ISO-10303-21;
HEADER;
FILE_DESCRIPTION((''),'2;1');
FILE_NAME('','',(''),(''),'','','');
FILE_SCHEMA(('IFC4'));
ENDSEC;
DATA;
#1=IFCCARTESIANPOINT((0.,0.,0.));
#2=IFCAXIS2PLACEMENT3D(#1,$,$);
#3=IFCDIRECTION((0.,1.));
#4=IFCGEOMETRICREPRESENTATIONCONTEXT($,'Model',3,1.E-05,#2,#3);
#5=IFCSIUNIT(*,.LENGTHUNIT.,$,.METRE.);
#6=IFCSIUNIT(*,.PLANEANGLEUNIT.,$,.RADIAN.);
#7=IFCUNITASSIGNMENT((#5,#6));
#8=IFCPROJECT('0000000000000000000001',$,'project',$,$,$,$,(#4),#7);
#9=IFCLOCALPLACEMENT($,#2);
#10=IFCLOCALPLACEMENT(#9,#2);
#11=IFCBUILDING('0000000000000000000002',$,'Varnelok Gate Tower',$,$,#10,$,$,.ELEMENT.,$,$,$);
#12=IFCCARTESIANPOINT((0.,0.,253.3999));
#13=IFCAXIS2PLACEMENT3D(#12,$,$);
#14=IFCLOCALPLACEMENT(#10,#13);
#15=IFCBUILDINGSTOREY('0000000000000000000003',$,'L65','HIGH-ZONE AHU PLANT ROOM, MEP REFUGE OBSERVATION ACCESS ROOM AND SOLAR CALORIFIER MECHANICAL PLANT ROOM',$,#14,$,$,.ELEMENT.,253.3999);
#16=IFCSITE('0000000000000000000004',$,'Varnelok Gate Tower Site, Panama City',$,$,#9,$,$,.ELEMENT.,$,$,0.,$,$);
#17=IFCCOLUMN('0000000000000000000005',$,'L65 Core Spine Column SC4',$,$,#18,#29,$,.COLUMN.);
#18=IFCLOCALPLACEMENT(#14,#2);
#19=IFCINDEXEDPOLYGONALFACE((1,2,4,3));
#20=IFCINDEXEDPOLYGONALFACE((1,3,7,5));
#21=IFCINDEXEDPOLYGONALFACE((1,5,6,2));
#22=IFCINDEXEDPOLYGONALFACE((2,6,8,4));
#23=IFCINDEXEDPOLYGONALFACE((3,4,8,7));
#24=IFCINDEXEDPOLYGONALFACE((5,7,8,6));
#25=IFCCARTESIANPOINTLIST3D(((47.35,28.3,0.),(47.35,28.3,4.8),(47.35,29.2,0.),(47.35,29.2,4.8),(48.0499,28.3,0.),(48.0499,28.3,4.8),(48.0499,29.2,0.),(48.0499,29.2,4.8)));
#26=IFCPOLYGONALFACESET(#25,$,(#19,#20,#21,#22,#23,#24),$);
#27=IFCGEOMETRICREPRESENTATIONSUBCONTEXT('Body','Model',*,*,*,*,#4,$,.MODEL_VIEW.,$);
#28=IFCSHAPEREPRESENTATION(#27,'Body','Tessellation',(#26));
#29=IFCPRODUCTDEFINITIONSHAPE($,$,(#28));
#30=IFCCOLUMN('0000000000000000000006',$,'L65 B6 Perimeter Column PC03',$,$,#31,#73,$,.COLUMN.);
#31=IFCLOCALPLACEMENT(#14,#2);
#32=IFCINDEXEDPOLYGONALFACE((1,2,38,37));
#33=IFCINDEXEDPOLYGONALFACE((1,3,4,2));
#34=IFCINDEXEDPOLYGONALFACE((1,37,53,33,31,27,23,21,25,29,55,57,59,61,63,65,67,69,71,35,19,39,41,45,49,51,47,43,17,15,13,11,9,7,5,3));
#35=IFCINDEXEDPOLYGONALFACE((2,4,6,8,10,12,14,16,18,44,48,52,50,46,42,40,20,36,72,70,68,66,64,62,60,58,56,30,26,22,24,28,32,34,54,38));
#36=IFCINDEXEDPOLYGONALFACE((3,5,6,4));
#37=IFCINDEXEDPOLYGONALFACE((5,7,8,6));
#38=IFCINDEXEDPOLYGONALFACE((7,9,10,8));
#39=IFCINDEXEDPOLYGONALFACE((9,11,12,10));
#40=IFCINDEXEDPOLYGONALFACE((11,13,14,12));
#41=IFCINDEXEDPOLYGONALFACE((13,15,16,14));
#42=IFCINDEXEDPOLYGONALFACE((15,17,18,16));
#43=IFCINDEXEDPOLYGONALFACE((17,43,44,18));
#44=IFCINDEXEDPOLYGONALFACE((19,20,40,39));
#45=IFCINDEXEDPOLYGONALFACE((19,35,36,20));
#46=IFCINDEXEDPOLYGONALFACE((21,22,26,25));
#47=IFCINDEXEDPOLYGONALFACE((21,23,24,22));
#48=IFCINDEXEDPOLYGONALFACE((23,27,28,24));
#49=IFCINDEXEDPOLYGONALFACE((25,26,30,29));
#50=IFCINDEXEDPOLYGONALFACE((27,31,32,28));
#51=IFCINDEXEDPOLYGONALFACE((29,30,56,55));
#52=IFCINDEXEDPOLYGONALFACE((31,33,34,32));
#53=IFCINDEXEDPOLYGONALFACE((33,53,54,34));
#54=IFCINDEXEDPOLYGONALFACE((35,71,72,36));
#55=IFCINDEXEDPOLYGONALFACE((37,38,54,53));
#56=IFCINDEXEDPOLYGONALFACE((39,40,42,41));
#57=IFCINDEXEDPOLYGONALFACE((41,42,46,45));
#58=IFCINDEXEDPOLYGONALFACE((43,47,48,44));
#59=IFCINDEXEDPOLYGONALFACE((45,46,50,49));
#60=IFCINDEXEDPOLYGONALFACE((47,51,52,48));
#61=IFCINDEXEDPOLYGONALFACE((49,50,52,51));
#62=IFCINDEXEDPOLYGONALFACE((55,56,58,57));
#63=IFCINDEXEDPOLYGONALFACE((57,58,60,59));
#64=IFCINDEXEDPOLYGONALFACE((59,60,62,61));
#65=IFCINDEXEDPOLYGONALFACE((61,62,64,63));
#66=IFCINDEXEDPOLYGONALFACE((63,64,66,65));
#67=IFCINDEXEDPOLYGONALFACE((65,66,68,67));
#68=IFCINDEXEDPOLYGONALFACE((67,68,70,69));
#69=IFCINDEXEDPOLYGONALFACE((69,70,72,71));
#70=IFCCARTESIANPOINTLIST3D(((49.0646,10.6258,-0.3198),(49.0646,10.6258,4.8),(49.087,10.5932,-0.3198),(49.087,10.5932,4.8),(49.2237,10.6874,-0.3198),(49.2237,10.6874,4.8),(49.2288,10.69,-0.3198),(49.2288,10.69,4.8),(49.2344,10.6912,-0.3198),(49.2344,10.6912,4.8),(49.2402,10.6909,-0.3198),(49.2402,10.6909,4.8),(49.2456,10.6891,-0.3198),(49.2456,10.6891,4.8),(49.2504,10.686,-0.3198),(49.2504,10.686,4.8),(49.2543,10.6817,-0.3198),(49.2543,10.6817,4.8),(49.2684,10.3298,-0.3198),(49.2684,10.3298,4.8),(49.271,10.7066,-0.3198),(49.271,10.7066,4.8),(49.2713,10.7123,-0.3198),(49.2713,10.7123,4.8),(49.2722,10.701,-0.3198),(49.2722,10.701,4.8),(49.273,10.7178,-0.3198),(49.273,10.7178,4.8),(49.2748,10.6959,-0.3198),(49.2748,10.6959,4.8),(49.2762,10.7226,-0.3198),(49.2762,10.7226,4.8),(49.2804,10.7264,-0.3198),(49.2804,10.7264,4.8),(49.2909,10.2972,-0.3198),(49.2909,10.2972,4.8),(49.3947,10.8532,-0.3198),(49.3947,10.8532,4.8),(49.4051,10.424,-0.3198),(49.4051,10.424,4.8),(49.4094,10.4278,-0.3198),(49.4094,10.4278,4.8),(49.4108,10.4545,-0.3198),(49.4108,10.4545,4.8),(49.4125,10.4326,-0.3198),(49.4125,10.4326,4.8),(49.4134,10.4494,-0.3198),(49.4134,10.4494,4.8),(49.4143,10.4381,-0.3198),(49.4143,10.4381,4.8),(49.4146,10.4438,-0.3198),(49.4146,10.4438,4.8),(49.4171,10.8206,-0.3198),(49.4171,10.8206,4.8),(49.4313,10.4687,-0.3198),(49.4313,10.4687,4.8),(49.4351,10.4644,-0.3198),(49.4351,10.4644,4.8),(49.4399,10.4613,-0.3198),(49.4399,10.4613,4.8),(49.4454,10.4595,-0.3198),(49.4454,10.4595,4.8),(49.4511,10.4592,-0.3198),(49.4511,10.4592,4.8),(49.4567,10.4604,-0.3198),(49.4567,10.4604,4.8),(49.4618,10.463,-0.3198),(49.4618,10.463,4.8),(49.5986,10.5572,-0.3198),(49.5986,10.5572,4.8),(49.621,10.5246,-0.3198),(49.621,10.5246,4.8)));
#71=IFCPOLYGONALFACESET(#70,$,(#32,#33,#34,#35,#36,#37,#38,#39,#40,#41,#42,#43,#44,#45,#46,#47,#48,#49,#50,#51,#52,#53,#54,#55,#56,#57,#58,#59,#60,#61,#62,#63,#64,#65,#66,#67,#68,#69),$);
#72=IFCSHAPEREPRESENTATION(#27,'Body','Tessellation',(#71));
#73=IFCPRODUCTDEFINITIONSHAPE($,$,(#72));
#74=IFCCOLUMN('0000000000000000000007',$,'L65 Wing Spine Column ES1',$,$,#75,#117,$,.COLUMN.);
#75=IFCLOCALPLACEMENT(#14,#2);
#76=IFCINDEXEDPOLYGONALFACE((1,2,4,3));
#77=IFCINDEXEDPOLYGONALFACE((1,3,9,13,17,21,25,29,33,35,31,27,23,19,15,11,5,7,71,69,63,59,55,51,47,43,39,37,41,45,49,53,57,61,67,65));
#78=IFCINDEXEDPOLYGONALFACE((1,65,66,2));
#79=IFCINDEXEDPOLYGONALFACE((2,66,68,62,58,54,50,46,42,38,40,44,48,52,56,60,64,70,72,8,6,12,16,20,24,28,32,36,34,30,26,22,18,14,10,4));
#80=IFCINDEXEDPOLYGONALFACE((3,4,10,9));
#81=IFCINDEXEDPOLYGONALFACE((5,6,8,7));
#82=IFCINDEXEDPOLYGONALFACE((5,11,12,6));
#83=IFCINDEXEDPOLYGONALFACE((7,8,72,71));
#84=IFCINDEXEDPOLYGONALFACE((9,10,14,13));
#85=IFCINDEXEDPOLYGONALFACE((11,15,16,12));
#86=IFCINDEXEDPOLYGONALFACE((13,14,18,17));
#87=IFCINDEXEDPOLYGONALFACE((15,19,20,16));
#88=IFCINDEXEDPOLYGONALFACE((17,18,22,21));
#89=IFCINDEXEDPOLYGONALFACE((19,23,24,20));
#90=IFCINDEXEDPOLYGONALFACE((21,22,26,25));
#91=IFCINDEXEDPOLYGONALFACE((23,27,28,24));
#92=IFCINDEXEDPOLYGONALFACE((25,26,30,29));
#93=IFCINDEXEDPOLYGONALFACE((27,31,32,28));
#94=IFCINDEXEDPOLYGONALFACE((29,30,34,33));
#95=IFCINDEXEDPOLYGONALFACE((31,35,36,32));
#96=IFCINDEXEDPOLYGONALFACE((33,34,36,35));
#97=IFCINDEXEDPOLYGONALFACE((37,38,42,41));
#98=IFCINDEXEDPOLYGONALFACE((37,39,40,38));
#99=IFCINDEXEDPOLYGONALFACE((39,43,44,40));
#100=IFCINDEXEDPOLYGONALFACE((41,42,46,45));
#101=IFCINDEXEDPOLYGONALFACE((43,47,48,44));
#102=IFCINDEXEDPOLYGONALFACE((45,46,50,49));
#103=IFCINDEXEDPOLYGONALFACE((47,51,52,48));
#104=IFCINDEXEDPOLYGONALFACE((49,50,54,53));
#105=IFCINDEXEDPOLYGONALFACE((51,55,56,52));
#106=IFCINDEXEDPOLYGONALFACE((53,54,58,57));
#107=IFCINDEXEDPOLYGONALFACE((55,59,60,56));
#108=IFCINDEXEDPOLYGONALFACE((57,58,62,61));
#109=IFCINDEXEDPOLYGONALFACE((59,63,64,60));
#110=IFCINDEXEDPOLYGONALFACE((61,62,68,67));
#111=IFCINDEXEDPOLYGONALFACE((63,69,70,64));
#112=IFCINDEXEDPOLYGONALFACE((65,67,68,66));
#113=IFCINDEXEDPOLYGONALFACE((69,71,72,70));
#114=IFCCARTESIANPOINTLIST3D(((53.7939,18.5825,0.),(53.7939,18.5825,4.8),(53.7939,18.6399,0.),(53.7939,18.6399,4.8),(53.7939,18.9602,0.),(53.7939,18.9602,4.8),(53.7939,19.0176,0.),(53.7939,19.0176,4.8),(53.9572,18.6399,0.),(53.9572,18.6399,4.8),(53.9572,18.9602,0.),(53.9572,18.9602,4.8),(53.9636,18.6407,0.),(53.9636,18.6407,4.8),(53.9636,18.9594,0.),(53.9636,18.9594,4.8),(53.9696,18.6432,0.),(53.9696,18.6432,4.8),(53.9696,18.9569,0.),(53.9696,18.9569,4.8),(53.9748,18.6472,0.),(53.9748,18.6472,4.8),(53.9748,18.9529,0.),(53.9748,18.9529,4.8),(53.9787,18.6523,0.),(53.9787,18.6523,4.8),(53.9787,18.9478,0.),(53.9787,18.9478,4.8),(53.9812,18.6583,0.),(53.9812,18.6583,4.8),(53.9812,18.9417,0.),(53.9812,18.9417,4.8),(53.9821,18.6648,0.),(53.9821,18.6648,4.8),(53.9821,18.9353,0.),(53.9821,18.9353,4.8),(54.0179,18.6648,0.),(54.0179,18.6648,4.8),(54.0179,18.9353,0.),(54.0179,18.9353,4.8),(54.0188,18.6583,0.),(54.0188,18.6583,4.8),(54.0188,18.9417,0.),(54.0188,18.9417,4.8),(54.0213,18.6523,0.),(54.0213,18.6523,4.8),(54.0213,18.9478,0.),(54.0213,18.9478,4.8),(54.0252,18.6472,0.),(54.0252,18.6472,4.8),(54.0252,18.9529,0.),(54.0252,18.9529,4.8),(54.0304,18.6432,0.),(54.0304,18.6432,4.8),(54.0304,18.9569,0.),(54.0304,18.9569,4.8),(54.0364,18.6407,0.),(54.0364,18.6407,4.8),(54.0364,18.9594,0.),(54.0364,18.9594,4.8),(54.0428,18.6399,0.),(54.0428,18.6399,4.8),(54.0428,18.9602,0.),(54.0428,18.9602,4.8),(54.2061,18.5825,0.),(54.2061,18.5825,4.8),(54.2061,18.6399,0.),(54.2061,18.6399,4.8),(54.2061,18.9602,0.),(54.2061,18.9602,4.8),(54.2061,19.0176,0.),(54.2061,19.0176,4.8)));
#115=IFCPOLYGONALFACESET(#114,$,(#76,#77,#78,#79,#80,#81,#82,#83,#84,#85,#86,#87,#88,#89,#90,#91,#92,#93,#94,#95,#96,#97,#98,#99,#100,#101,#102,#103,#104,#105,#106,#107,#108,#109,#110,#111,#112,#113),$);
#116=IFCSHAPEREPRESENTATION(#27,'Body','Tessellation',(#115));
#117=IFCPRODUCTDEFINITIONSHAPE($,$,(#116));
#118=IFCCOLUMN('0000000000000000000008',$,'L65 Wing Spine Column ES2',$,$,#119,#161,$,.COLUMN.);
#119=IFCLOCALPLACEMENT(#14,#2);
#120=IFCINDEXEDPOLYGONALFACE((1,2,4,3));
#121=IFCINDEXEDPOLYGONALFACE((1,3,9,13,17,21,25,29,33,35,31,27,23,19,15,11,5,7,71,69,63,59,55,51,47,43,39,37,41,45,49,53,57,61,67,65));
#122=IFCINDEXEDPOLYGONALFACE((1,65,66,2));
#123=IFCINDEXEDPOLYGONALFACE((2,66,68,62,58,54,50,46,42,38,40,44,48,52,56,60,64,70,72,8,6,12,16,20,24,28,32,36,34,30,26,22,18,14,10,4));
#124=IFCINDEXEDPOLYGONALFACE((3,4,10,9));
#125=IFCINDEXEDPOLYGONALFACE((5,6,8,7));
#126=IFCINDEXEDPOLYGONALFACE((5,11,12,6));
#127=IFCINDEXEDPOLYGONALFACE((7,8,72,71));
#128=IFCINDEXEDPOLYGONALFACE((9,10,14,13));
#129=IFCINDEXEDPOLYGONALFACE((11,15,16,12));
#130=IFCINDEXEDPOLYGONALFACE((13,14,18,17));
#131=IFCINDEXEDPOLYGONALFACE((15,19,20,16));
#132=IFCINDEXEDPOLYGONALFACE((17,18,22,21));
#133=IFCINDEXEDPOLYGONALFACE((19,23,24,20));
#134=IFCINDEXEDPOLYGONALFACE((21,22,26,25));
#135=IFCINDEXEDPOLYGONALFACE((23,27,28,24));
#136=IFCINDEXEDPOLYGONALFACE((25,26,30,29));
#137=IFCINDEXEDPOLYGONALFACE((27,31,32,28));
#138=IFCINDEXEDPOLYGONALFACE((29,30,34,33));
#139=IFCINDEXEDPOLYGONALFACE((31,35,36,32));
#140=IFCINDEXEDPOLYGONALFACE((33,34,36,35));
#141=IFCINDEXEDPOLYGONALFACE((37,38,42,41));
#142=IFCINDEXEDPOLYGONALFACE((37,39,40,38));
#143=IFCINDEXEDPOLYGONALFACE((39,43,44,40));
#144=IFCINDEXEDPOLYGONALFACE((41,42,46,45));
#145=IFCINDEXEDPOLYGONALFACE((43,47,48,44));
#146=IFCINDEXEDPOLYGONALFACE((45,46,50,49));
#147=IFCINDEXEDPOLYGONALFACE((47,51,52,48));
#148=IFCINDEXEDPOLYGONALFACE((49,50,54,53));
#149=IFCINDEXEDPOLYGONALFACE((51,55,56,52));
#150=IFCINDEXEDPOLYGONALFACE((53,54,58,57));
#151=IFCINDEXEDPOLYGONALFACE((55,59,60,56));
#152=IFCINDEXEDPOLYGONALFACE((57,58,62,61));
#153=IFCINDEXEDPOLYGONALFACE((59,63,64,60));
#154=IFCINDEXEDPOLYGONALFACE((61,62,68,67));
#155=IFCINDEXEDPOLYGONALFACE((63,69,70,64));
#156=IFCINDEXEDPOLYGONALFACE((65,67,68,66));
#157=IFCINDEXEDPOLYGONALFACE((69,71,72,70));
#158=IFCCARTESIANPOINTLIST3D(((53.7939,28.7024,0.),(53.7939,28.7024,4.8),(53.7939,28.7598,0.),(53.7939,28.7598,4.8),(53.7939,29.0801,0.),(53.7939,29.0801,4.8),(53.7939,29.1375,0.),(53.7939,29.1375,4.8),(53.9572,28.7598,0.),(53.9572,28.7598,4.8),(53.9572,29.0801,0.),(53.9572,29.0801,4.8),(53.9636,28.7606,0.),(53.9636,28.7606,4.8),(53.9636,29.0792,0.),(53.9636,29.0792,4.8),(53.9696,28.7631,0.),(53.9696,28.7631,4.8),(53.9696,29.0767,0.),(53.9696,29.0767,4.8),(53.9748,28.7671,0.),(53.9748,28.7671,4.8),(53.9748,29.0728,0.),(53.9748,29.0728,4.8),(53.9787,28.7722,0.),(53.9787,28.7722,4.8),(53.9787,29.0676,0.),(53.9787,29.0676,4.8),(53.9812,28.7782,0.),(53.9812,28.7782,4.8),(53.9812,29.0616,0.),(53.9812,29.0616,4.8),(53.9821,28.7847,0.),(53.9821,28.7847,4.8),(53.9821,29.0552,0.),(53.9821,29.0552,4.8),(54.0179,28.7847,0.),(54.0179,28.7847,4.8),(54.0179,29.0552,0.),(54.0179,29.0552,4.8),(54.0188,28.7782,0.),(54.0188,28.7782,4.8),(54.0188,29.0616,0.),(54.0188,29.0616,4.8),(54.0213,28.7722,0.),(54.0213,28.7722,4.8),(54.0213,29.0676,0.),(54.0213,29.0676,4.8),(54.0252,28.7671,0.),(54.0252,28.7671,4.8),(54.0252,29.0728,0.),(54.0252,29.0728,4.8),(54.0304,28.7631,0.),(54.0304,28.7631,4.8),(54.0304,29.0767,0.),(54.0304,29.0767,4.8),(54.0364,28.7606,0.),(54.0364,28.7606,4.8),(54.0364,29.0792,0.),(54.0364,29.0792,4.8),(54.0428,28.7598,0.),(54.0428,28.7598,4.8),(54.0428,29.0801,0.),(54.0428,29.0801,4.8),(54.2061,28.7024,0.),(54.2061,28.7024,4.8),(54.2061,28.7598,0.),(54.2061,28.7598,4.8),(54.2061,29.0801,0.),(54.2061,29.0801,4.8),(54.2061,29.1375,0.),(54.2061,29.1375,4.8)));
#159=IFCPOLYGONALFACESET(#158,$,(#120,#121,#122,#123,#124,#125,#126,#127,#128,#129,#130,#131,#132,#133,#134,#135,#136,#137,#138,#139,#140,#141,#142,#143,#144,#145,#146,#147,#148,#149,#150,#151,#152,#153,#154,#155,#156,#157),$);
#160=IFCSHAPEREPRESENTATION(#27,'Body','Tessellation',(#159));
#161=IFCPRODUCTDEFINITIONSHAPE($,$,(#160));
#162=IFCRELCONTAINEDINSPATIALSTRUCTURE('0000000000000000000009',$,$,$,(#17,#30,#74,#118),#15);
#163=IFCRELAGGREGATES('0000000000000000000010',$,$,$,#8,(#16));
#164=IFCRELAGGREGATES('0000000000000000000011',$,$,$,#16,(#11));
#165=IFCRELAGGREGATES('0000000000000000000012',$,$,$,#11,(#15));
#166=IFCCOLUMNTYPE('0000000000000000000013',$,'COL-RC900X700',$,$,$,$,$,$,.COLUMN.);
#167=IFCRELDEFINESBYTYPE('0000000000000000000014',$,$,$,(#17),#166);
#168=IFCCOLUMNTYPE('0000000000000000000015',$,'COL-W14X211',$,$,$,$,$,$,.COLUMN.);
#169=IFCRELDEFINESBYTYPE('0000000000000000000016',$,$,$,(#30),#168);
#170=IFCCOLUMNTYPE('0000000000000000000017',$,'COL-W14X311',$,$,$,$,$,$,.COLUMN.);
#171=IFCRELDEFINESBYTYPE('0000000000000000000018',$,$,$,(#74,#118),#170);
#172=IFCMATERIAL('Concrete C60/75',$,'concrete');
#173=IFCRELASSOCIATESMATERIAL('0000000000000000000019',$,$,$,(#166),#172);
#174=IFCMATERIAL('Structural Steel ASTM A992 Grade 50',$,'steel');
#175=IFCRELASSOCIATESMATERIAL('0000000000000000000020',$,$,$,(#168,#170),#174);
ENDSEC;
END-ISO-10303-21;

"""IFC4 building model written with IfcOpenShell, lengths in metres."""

from ifc_helpers import new_model, si_unit, direction, frame, origin, origin_2d, place, context, subcontext, project, spatial, rectangle, i_section, extrude, material, material_profile, profile_set, type_object, element, save


model = new_model("IFC4")

# Units and contexts
model_context = context("Model", 3, precision=1e-05, world=origin(), true_north=direction((0.0, 1.0)))
body_context = subcontext(model_context, "Body", "Model", "MODEL_VIEW")
ifc_project = project(units=[si_unit("LENGTHUNIT", "METRE"), si_unit("PLANEANGLEUNIT", "RADIAN")], contexts=[model_context])

# Site, building, storey
site_placement = place(None, origin())
site = spatial("IfcSite", under=ifc_project, at=site_placement, Name="Varnelok Gate Tower Site, Panama City", CompositionType="ELEMENT", RefElevation=0.0)
building_placement = place(site_placement, origin())
building = spatial("IfcBuilding", under=site, at=building_placement, Name="Varnelok Gate Tower", CompositionType="ELEMENT")
storey_placement = place(building_placement, frame((0.0, 0.0, 253.3999)))
storey = spatial("IfcBuildingStorey", under=building, at=storey_placement, Name="L65", Description="HIGH-ZONE AHU PLANT ROOM, MEP REFUGE OBSERVATION ACCESS ROOM AND SOLAR CALORIFIER MECHANICAL PLANT ROOM", CompositionType="ELEMENT", Elevation=253.3999)

# Columns
ifc_material_1 = material(Name="Concrete C60/75", Category="concrete")
ifc_material_profile_1 = material_profile(ifc_material_1, rectangle(XDim=0.7, YDim=0.8999, at=origin_2d()), Name="RC900X700")
ifc_profile_set_1 = profile_set([ifc_material_profile_1], Name="Concrete C60/75")
column_type_1 = type_object("IfcColumnType", Name="COL-RC900X700", PredefinedType="COLUMN", material=ifc_profile_set_1)
column_1_placement = place(storey_placement, frame((47.7, 28.75, 0.0), z_axis=(0.0, 0.0, 1.0), x_axis=(1.0, 0.0, 0.0)))
element("IfcColumn", 1, at=column_1_placement, inside=storey, type_object=column_type_1, Name="L65 Core Spine Column SC4", PredefinedType="COLUMN", context=body_context, shape_type="SweptSolid", body=[
    extrude(rectangle(XDim=0.7, YDim=0.8999, at=origin_2d()), origin(), (0.0, 0.0, 1.0), 4.8),
])
ifc_material_2 = material(Name="Structural Steel ASTM A992 Grade 50", Category="steel")
ifc_material_profile_2 = material_profile(ifc_material_2, i_section(OverallWidth=0.4009, OverallDepth=0.3989, WebThickness=0.0249, FlangeThickness=0.0396, FilletRadius=0.022, at=origin_2d()), Name="W14X211")
ifc_profile_set_2 = profile_set([ifc_material_profile_2], Name="Structural Steel ASTM A992 Grade 50")
column_type_2 = type_object("IfcColumnType", Name="COL-W14X211", PredefinedType="COLUMN", material=ifc_profile_set_2)
column_2_placement = place(storey_placement, frame((49.3428, 10.5752, -0.3198), z_axis=(0.0, 0.0, 1.0), x_axis=(0.823533, 0.567269, 0.0)))
element("IfcColumn", 2, at=column_2_placement, inside=storey, type_object=column_type_2, Name="L65 B6 Perimeter Column PC03", PredefinedType="COLUMN", context=body_context, shape_type="SweptSolid", body=[
    extrude(i_section(OverallWidth=0.4009, OverallDepth=0.3989, WebThickness=0.0249, FlangeThickness=0.0396, FilletRadius=0.022, at=origin_2d()), origin(), (0.0, 0.0, 1.0), 5.1199),
])
ifc_material_profile_3 = material_profile(ifc_material_2, i_section(OverallWidth=0.4121, OverallDepth=0.4351, WebThickness=0.0359, FlangeThickness=0.0574, FilletRadius=0.0249, at=origin_2d()), Name="W14X311")
ifc_profile_set_3 = profile_set([ifc_material_profile_3], Name="Structural Steel ASTM A992 Grade 50")
column_type_3 = type_object("IfcColumnType", Name="COL-W14X311", PredefinedType="COLUMN", material=ifc_profile_set_3)
for number, where, z_axis, x_axis, name in (
    (3, (54.0, 18.8, 0.0), (0.0, 0.0, 1.0), (1.0, 0.0, 0.0), "L65 Wing Spine Column ES1"),
    (4, (54.0, 28.9199, 0.0), (0.0, 0.0, 1.0), (1.0, 0.0, 0.0), "L65 Wing Spine Column ES2"),
):
    element("IfcColumn", number, at=place(storey_placement, frame(where, z_axis=z_axis, x_axis=x_axis)), inside=storey, type_object=column_type_3, Name=name, PredefinedType="COLUMN", context=body_context, shape_type="SweptSolid", body=[
        extrude(i_section(OverallWidth=0.4121, OverallDepth=0.4351, WebThickness=0.0359, FlangeThickness=0.0574, FilletRadius=0.0249, at=origin_2d()), origin(), (0.0, 0.0, 1.0), 4.8),
    ])

save(model, "model.ifc")
